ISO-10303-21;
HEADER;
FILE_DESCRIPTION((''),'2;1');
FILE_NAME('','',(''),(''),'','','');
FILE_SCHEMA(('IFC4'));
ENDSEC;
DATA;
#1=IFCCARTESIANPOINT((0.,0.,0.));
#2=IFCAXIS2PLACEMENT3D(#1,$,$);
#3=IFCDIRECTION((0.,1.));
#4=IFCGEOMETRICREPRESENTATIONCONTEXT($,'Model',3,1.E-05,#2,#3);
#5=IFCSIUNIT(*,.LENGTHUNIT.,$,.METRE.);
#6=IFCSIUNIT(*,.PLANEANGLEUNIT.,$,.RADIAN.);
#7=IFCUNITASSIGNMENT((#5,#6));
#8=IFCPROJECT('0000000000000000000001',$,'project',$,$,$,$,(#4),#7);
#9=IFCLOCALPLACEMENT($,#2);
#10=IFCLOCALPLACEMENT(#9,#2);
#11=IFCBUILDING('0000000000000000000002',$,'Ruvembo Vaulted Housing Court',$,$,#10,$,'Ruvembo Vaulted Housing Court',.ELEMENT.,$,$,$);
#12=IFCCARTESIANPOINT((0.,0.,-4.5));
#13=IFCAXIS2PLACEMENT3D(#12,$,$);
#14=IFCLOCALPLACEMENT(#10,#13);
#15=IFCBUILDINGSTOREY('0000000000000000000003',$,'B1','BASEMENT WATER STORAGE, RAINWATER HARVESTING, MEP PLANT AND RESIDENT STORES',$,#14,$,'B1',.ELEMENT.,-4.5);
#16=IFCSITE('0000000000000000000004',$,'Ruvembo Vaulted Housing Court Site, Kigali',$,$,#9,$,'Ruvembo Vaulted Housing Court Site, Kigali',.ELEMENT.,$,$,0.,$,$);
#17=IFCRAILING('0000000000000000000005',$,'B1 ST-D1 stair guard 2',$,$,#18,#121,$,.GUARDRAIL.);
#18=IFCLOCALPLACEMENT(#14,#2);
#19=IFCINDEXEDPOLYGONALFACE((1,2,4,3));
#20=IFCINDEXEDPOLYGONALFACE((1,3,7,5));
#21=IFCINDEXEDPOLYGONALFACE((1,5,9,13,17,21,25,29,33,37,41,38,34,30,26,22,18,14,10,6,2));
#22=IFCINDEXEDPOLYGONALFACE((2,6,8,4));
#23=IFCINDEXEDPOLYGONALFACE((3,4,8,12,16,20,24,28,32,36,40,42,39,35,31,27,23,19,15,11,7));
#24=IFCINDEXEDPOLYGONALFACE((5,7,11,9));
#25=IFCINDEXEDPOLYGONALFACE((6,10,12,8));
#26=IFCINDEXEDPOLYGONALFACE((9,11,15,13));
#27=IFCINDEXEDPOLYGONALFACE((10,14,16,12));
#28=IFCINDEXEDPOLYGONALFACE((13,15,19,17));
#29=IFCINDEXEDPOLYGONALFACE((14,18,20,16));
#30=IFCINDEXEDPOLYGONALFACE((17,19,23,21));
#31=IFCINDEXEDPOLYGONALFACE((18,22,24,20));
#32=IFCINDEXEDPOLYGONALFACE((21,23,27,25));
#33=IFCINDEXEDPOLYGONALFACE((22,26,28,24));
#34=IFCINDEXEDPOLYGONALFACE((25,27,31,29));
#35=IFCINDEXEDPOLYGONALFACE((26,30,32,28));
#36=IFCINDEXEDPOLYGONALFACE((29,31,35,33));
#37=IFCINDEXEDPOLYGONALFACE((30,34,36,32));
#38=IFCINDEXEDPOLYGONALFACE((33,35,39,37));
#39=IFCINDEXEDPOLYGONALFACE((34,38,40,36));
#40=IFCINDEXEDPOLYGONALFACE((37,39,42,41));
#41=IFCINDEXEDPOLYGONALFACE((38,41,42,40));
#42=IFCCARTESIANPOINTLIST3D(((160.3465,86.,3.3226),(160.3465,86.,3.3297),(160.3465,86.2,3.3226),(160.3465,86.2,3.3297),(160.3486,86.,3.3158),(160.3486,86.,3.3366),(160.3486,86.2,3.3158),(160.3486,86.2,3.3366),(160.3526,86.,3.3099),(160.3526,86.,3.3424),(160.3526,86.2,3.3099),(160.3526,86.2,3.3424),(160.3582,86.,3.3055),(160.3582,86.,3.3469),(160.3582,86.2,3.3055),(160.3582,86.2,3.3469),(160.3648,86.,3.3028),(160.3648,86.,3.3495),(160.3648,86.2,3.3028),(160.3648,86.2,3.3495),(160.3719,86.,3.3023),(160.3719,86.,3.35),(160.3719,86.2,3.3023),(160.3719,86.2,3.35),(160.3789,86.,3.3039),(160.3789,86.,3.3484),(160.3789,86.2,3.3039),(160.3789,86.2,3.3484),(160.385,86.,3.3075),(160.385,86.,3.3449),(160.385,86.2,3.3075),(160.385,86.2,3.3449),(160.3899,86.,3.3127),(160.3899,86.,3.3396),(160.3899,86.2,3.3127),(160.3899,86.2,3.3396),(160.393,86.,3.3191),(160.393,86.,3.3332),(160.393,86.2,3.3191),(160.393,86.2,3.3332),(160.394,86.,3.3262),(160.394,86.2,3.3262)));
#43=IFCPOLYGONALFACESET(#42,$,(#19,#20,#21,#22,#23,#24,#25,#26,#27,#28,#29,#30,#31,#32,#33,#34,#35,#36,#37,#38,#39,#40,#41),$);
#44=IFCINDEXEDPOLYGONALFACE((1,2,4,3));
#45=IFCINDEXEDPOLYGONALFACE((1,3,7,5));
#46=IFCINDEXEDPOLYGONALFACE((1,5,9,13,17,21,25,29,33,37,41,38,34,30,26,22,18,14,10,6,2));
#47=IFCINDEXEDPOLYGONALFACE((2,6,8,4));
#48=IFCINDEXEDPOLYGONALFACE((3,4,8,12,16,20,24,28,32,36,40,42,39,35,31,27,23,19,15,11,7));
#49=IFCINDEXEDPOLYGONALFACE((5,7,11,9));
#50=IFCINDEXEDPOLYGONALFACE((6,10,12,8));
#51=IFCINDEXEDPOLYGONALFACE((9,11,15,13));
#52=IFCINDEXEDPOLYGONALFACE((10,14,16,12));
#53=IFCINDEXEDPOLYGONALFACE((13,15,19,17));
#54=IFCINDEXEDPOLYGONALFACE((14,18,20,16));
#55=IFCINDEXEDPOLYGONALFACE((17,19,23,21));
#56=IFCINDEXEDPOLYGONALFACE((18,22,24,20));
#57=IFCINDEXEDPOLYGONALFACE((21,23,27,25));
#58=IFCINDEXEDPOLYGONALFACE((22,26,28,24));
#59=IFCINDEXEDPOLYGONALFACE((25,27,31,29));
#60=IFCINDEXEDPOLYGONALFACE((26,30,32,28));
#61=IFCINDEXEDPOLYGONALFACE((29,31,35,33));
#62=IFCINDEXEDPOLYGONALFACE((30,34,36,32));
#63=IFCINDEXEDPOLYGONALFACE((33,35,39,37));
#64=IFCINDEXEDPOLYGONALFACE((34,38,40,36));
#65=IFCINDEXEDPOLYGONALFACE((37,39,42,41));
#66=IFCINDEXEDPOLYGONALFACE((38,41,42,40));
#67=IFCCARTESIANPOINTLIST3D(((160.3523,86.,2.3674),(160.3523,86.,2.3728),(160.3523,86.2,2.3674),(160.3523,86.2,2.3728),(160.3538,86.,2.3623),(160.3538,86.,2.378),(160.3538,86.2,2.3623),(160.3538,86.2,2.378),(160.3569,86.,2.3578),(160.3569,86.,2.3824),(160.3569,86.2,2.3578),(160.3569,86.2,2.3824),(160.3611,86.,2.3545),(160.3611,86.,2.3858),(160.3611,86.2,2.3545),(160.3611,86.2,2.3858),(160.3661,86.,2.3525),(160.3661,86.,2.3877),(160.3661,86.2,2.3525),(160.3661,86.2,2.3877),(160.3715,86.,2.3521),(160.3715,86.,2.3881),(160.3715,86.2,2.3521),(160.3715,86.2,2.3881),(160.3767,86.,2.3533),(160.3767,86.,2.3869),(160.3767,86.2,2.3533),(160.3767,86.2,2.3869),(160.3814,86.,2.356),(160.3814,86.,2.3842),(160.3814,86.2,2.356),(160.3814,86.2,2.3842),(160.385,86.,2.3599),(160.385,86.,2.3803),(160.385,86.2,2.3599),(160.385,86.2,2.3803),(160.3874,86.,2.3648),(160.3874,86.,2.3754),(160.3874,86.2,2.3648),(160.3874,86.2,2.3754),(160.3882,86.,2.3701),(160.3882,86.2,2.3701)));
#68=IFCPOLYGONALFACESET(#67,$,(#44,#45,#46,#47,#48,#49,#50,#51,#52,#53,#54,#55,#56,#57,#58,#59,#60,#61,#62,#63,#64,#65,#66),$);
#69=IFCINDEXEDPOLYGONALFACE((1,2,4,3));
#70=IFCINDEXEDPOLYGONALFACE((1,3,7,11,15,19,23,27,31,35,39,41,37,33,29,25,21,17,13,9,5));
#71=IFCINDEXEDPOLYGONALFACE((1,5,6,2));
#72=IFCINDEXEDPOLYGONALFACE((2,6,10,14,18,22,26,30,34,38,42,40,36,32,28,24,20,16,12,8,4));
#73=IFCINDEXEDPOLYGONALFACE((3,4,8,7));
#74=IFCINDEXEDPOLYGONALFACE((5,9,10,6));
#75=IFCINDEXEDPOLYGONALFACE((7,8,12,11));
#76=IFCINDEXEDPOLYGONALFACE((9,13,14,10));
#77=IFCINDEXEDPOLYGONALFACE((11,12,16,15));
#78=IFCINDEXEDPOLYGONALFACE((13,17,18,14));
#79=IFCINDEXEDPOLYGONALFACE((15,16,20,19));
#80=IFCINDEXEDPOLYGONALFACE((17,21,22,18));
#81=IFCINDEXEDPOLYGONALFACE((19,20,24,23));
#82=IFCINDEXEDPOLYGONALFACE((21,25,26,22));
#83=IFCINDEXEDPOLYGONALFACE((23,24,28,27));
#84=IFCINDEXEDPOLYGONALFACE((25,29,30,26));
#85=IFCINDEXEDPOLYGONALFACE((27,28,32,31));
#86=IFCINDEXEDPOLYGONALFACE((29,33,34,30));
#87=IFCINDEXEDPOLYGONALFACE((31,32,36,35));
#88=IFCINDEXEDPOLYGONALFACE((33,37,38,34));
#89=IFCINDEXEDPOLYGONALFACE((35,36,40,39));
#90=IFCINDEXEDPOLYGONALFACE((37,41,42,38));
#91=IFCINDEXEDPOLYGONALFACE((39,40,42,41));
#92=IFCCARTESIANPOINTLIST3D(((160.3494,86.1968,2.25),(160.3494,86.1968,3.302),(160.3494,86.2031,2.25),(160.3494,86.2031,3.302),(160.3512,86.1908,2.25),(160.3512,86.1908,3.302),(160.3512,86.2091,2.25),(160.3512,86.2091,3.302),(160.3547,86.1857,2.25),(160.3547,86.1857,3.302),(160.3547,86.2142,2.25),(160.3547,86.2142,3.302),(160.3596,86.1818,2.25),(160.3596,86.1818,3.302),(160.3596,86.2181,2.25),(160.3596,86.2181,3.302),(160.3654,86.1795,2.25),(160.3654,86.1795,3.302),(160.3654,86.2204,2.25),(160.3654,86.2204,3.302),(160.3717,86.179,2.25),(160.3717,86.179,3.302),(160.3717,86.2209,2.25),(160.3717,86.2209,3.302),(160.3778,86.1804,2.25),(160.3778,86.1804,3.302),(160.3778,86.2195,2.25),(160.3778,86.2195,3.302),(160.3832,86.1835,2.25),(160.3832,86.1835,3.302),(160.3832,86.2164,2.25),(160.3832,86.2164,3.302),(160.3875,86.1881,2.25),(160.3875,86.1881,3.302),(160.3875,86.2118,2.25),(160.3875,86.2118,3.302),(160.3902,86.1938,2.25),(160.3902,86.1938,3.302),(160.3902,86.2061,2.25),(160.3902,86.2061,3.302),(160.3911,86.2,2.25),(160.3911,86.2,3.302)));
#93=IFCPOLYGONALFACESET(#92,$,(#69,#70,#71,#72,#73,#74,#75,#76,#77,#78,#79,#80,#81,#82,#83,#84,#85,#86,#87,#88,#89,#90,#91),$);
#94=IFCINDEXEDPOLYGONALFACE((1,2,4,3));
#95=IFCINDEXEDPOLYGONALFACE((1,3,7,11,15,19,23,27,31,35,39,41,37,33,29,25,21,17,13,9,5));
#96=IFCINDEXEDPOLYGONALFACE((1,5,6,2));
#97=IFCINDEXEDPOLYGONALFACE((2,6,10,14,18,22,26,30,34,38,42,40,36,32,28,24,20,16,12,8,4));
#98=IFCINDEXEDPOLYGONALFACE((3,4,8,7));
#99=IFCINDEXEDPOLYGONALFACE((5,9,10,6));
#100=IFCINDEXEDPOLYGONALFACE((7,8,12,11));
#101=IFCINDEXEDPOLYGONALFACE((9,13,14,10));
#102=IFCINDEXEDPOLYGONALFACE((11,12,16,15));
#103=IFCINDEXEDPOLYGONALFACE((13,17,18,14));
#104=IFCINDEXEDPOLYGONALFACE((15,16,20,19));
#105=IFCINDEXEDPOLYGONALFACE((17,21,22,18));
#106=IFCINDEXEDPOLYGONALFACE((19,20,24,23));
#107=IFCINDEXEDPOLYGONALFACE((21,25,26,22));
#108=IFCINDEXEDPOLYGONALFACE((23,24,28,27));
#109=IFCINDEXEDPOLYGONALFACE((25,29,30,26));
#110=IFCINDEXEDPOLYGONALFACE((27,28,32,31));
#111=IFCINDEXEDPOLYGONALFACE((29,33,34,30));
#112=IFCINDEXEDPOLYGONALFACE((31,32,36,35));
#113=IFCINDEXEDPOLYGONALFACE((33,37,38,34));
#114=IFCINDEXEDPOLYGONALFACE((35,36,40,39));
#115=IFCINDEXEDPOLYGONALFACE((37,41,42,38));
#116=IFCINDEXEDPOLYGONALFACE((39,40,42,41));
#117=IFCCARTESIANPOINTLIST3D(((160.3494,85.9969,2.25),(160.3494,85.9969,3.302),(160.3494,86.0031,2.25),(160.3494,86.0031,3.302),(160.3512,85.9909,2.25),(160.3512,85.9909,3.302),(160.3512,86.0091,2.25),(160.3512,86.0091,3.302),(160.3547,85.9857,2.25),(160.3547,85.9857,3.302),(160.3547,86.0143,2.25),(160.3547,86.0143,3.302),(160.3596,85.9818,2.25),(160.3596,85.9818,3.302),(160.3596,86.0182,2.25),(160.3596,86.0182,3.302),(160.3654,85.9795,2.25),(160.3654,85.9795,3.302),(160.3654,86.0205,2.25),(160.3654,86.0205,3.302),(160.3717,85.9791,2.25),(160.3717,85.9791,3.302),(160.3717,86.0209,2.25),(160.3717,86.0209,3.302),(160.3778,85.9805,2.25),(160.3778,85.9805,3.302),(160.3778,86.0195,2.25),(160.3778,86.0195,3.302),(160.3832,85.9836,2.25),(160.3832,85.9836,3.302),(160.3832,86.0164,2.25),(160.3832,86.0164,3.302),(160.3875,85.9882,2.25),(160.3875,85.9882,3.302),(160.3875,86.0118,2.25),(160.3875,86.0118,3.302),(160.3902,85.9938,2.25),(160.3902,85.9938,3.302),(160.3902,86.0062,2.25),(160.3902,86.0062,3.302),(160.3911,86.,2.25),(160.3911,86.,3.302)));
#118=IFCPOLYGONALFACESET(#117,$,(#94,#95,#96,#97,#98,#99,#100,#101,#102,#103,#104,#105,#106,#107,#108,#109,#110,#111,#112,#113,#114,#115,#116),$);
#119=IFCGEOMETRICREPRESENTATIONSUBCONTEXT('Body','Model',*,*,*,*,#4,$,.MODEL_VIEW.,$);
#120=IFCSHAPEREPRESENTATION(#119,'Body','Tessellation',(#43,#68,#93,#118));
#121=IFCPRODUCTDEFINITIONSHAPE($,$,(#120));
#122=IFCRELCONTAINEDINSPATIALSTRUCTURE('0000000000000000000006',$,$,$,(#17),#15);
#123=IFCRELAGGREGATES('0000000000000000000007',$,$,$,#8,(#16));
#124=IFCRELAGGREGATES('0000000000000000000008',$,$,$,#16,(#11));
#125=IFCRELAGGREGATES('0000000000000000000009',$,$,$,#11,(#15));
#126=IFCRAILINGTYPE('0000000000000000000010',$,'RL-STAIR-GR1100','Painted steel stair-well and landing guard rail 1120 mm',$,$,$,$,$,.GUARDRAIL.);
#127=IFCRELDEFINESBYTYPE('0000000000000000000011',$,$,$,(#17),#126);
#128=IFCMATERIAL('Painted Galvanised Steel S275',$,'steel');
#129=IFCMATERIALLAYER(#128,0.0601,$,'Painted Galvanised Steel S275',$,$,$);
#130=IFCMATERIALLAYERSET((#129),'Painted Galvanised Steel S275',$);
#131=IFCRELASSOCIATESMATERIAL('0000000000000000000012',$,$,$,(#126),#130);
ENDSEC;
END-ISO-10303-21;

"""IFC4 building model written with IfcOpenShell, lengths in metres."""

from ifc_helpers import new_model, si_unit, direction, frame, origin, origin_2d, place, context, subcontext, project, spatial, circle, extrude, material, layer, layer_set, type_object, element, save


model = new_model("IFC4")

# Units and contexts
model_context = context("Model", 3, precision=1e-05, world=origin(), true_north=direction((0.0, 1.0)))
body_context = subcontext(model_context, "Body", "Model", "MODEL_VIEW")
ifc_project = project(units=[si_unit("LENGTHUNIT", "METRE"), si_unit("PLANEANGLEUNIT", "RADIAN")], contexts=[model_context])

# Site, building, storey
site_placement = place(None, origin())
site = spatial("IfcSite", under=ifc_project, at=site_placement, Name="Ruvembo Vaulted Housing Court Site, Kigali", LongName="Ruvembo Vaulted Housing Court Site, Kigali", CompositionType="ELEMENT", RefElevation=0.0)
building_placement = place(site_placement, origin())
building = spatial("IfcBuilding", under=site, at=building_placement, Name="Ruvembo Vaulted Housing Court", LongName="Ruvembo Vaulted Housing Court", CompositionType="ELEMENT")
storey_placement = place(building_placement, frame((0.0, 0.0, -4.5)))
storey = spatial("IfcBuildingStorey", under=building, at=storey_placement, Name="B1", Description="BASEMENT WATER STORAGE, RAINWATER HARVESTING, MEP PLANT AND RESIDENT STORES", LongName="B1", CompositionType="ELEMENT", Elevation=-4.5)

# Railing
ifc_material_1 = material(Name="Painted Galvanised Steel S275", Category="steel")
ifc_layer_1 = layer(ifc_material_1, 0.0601, Name="Painted Galvanised Steel S275")
ifc_layer_set_1 = layer_set([ifc_layer_1], Name="Painted Galvanised Steel S275")
railing_type_1 = type_object("IfcRailingType", Name="RL-STAIR-GR1100", Description="Painted steel stair-well and landing guard rail 1120 mm", PredefinedType="GUARDRAIL", material=ifc_layer_set_1)
railing_1_placement = place(storey_placement, frame((160.3701, 86.2, 2.25)))
element("IfcRailing", 1, at=railing_1_placement, inside=storey, type_object=railing_type_1, Name="B1 ST-D1 stair guard 2", PredefinedType="GUARDRAIL", context=body_context, shape_type="SweptSolid", body=[
    extrude(circle(Radius=0.0239, at=origin_2d()), frame((0.0, 0.0, 1.0762), z_axis=(0.0, -1.0, 0.0), x_axis=(1.0, 0.0, 0.0)), (0.0, 0.0, 1.0), 0.2),
    extrude(circle(Radius=0.0181, at=origin_2d()), frame((0.0, 0.0, 0.1201), z_axis=(0.0, -1.0, 0.0), x_axis=(1.0, 0.0, 0.0)), (0.0, 0.0, 1.0), 0.2),
    extrude(circle(Radius=0.021, at=origin_2d()), origin(), (0.0, 0.0, 1.0), 1.052),
    extrude(circle(Radius=0.021, at=origin_2d()), frame((0.0, -0.2, 0.0)), (0.0, 0.0, 1.0), 1.052),
])

save(model, "model.ifc")
